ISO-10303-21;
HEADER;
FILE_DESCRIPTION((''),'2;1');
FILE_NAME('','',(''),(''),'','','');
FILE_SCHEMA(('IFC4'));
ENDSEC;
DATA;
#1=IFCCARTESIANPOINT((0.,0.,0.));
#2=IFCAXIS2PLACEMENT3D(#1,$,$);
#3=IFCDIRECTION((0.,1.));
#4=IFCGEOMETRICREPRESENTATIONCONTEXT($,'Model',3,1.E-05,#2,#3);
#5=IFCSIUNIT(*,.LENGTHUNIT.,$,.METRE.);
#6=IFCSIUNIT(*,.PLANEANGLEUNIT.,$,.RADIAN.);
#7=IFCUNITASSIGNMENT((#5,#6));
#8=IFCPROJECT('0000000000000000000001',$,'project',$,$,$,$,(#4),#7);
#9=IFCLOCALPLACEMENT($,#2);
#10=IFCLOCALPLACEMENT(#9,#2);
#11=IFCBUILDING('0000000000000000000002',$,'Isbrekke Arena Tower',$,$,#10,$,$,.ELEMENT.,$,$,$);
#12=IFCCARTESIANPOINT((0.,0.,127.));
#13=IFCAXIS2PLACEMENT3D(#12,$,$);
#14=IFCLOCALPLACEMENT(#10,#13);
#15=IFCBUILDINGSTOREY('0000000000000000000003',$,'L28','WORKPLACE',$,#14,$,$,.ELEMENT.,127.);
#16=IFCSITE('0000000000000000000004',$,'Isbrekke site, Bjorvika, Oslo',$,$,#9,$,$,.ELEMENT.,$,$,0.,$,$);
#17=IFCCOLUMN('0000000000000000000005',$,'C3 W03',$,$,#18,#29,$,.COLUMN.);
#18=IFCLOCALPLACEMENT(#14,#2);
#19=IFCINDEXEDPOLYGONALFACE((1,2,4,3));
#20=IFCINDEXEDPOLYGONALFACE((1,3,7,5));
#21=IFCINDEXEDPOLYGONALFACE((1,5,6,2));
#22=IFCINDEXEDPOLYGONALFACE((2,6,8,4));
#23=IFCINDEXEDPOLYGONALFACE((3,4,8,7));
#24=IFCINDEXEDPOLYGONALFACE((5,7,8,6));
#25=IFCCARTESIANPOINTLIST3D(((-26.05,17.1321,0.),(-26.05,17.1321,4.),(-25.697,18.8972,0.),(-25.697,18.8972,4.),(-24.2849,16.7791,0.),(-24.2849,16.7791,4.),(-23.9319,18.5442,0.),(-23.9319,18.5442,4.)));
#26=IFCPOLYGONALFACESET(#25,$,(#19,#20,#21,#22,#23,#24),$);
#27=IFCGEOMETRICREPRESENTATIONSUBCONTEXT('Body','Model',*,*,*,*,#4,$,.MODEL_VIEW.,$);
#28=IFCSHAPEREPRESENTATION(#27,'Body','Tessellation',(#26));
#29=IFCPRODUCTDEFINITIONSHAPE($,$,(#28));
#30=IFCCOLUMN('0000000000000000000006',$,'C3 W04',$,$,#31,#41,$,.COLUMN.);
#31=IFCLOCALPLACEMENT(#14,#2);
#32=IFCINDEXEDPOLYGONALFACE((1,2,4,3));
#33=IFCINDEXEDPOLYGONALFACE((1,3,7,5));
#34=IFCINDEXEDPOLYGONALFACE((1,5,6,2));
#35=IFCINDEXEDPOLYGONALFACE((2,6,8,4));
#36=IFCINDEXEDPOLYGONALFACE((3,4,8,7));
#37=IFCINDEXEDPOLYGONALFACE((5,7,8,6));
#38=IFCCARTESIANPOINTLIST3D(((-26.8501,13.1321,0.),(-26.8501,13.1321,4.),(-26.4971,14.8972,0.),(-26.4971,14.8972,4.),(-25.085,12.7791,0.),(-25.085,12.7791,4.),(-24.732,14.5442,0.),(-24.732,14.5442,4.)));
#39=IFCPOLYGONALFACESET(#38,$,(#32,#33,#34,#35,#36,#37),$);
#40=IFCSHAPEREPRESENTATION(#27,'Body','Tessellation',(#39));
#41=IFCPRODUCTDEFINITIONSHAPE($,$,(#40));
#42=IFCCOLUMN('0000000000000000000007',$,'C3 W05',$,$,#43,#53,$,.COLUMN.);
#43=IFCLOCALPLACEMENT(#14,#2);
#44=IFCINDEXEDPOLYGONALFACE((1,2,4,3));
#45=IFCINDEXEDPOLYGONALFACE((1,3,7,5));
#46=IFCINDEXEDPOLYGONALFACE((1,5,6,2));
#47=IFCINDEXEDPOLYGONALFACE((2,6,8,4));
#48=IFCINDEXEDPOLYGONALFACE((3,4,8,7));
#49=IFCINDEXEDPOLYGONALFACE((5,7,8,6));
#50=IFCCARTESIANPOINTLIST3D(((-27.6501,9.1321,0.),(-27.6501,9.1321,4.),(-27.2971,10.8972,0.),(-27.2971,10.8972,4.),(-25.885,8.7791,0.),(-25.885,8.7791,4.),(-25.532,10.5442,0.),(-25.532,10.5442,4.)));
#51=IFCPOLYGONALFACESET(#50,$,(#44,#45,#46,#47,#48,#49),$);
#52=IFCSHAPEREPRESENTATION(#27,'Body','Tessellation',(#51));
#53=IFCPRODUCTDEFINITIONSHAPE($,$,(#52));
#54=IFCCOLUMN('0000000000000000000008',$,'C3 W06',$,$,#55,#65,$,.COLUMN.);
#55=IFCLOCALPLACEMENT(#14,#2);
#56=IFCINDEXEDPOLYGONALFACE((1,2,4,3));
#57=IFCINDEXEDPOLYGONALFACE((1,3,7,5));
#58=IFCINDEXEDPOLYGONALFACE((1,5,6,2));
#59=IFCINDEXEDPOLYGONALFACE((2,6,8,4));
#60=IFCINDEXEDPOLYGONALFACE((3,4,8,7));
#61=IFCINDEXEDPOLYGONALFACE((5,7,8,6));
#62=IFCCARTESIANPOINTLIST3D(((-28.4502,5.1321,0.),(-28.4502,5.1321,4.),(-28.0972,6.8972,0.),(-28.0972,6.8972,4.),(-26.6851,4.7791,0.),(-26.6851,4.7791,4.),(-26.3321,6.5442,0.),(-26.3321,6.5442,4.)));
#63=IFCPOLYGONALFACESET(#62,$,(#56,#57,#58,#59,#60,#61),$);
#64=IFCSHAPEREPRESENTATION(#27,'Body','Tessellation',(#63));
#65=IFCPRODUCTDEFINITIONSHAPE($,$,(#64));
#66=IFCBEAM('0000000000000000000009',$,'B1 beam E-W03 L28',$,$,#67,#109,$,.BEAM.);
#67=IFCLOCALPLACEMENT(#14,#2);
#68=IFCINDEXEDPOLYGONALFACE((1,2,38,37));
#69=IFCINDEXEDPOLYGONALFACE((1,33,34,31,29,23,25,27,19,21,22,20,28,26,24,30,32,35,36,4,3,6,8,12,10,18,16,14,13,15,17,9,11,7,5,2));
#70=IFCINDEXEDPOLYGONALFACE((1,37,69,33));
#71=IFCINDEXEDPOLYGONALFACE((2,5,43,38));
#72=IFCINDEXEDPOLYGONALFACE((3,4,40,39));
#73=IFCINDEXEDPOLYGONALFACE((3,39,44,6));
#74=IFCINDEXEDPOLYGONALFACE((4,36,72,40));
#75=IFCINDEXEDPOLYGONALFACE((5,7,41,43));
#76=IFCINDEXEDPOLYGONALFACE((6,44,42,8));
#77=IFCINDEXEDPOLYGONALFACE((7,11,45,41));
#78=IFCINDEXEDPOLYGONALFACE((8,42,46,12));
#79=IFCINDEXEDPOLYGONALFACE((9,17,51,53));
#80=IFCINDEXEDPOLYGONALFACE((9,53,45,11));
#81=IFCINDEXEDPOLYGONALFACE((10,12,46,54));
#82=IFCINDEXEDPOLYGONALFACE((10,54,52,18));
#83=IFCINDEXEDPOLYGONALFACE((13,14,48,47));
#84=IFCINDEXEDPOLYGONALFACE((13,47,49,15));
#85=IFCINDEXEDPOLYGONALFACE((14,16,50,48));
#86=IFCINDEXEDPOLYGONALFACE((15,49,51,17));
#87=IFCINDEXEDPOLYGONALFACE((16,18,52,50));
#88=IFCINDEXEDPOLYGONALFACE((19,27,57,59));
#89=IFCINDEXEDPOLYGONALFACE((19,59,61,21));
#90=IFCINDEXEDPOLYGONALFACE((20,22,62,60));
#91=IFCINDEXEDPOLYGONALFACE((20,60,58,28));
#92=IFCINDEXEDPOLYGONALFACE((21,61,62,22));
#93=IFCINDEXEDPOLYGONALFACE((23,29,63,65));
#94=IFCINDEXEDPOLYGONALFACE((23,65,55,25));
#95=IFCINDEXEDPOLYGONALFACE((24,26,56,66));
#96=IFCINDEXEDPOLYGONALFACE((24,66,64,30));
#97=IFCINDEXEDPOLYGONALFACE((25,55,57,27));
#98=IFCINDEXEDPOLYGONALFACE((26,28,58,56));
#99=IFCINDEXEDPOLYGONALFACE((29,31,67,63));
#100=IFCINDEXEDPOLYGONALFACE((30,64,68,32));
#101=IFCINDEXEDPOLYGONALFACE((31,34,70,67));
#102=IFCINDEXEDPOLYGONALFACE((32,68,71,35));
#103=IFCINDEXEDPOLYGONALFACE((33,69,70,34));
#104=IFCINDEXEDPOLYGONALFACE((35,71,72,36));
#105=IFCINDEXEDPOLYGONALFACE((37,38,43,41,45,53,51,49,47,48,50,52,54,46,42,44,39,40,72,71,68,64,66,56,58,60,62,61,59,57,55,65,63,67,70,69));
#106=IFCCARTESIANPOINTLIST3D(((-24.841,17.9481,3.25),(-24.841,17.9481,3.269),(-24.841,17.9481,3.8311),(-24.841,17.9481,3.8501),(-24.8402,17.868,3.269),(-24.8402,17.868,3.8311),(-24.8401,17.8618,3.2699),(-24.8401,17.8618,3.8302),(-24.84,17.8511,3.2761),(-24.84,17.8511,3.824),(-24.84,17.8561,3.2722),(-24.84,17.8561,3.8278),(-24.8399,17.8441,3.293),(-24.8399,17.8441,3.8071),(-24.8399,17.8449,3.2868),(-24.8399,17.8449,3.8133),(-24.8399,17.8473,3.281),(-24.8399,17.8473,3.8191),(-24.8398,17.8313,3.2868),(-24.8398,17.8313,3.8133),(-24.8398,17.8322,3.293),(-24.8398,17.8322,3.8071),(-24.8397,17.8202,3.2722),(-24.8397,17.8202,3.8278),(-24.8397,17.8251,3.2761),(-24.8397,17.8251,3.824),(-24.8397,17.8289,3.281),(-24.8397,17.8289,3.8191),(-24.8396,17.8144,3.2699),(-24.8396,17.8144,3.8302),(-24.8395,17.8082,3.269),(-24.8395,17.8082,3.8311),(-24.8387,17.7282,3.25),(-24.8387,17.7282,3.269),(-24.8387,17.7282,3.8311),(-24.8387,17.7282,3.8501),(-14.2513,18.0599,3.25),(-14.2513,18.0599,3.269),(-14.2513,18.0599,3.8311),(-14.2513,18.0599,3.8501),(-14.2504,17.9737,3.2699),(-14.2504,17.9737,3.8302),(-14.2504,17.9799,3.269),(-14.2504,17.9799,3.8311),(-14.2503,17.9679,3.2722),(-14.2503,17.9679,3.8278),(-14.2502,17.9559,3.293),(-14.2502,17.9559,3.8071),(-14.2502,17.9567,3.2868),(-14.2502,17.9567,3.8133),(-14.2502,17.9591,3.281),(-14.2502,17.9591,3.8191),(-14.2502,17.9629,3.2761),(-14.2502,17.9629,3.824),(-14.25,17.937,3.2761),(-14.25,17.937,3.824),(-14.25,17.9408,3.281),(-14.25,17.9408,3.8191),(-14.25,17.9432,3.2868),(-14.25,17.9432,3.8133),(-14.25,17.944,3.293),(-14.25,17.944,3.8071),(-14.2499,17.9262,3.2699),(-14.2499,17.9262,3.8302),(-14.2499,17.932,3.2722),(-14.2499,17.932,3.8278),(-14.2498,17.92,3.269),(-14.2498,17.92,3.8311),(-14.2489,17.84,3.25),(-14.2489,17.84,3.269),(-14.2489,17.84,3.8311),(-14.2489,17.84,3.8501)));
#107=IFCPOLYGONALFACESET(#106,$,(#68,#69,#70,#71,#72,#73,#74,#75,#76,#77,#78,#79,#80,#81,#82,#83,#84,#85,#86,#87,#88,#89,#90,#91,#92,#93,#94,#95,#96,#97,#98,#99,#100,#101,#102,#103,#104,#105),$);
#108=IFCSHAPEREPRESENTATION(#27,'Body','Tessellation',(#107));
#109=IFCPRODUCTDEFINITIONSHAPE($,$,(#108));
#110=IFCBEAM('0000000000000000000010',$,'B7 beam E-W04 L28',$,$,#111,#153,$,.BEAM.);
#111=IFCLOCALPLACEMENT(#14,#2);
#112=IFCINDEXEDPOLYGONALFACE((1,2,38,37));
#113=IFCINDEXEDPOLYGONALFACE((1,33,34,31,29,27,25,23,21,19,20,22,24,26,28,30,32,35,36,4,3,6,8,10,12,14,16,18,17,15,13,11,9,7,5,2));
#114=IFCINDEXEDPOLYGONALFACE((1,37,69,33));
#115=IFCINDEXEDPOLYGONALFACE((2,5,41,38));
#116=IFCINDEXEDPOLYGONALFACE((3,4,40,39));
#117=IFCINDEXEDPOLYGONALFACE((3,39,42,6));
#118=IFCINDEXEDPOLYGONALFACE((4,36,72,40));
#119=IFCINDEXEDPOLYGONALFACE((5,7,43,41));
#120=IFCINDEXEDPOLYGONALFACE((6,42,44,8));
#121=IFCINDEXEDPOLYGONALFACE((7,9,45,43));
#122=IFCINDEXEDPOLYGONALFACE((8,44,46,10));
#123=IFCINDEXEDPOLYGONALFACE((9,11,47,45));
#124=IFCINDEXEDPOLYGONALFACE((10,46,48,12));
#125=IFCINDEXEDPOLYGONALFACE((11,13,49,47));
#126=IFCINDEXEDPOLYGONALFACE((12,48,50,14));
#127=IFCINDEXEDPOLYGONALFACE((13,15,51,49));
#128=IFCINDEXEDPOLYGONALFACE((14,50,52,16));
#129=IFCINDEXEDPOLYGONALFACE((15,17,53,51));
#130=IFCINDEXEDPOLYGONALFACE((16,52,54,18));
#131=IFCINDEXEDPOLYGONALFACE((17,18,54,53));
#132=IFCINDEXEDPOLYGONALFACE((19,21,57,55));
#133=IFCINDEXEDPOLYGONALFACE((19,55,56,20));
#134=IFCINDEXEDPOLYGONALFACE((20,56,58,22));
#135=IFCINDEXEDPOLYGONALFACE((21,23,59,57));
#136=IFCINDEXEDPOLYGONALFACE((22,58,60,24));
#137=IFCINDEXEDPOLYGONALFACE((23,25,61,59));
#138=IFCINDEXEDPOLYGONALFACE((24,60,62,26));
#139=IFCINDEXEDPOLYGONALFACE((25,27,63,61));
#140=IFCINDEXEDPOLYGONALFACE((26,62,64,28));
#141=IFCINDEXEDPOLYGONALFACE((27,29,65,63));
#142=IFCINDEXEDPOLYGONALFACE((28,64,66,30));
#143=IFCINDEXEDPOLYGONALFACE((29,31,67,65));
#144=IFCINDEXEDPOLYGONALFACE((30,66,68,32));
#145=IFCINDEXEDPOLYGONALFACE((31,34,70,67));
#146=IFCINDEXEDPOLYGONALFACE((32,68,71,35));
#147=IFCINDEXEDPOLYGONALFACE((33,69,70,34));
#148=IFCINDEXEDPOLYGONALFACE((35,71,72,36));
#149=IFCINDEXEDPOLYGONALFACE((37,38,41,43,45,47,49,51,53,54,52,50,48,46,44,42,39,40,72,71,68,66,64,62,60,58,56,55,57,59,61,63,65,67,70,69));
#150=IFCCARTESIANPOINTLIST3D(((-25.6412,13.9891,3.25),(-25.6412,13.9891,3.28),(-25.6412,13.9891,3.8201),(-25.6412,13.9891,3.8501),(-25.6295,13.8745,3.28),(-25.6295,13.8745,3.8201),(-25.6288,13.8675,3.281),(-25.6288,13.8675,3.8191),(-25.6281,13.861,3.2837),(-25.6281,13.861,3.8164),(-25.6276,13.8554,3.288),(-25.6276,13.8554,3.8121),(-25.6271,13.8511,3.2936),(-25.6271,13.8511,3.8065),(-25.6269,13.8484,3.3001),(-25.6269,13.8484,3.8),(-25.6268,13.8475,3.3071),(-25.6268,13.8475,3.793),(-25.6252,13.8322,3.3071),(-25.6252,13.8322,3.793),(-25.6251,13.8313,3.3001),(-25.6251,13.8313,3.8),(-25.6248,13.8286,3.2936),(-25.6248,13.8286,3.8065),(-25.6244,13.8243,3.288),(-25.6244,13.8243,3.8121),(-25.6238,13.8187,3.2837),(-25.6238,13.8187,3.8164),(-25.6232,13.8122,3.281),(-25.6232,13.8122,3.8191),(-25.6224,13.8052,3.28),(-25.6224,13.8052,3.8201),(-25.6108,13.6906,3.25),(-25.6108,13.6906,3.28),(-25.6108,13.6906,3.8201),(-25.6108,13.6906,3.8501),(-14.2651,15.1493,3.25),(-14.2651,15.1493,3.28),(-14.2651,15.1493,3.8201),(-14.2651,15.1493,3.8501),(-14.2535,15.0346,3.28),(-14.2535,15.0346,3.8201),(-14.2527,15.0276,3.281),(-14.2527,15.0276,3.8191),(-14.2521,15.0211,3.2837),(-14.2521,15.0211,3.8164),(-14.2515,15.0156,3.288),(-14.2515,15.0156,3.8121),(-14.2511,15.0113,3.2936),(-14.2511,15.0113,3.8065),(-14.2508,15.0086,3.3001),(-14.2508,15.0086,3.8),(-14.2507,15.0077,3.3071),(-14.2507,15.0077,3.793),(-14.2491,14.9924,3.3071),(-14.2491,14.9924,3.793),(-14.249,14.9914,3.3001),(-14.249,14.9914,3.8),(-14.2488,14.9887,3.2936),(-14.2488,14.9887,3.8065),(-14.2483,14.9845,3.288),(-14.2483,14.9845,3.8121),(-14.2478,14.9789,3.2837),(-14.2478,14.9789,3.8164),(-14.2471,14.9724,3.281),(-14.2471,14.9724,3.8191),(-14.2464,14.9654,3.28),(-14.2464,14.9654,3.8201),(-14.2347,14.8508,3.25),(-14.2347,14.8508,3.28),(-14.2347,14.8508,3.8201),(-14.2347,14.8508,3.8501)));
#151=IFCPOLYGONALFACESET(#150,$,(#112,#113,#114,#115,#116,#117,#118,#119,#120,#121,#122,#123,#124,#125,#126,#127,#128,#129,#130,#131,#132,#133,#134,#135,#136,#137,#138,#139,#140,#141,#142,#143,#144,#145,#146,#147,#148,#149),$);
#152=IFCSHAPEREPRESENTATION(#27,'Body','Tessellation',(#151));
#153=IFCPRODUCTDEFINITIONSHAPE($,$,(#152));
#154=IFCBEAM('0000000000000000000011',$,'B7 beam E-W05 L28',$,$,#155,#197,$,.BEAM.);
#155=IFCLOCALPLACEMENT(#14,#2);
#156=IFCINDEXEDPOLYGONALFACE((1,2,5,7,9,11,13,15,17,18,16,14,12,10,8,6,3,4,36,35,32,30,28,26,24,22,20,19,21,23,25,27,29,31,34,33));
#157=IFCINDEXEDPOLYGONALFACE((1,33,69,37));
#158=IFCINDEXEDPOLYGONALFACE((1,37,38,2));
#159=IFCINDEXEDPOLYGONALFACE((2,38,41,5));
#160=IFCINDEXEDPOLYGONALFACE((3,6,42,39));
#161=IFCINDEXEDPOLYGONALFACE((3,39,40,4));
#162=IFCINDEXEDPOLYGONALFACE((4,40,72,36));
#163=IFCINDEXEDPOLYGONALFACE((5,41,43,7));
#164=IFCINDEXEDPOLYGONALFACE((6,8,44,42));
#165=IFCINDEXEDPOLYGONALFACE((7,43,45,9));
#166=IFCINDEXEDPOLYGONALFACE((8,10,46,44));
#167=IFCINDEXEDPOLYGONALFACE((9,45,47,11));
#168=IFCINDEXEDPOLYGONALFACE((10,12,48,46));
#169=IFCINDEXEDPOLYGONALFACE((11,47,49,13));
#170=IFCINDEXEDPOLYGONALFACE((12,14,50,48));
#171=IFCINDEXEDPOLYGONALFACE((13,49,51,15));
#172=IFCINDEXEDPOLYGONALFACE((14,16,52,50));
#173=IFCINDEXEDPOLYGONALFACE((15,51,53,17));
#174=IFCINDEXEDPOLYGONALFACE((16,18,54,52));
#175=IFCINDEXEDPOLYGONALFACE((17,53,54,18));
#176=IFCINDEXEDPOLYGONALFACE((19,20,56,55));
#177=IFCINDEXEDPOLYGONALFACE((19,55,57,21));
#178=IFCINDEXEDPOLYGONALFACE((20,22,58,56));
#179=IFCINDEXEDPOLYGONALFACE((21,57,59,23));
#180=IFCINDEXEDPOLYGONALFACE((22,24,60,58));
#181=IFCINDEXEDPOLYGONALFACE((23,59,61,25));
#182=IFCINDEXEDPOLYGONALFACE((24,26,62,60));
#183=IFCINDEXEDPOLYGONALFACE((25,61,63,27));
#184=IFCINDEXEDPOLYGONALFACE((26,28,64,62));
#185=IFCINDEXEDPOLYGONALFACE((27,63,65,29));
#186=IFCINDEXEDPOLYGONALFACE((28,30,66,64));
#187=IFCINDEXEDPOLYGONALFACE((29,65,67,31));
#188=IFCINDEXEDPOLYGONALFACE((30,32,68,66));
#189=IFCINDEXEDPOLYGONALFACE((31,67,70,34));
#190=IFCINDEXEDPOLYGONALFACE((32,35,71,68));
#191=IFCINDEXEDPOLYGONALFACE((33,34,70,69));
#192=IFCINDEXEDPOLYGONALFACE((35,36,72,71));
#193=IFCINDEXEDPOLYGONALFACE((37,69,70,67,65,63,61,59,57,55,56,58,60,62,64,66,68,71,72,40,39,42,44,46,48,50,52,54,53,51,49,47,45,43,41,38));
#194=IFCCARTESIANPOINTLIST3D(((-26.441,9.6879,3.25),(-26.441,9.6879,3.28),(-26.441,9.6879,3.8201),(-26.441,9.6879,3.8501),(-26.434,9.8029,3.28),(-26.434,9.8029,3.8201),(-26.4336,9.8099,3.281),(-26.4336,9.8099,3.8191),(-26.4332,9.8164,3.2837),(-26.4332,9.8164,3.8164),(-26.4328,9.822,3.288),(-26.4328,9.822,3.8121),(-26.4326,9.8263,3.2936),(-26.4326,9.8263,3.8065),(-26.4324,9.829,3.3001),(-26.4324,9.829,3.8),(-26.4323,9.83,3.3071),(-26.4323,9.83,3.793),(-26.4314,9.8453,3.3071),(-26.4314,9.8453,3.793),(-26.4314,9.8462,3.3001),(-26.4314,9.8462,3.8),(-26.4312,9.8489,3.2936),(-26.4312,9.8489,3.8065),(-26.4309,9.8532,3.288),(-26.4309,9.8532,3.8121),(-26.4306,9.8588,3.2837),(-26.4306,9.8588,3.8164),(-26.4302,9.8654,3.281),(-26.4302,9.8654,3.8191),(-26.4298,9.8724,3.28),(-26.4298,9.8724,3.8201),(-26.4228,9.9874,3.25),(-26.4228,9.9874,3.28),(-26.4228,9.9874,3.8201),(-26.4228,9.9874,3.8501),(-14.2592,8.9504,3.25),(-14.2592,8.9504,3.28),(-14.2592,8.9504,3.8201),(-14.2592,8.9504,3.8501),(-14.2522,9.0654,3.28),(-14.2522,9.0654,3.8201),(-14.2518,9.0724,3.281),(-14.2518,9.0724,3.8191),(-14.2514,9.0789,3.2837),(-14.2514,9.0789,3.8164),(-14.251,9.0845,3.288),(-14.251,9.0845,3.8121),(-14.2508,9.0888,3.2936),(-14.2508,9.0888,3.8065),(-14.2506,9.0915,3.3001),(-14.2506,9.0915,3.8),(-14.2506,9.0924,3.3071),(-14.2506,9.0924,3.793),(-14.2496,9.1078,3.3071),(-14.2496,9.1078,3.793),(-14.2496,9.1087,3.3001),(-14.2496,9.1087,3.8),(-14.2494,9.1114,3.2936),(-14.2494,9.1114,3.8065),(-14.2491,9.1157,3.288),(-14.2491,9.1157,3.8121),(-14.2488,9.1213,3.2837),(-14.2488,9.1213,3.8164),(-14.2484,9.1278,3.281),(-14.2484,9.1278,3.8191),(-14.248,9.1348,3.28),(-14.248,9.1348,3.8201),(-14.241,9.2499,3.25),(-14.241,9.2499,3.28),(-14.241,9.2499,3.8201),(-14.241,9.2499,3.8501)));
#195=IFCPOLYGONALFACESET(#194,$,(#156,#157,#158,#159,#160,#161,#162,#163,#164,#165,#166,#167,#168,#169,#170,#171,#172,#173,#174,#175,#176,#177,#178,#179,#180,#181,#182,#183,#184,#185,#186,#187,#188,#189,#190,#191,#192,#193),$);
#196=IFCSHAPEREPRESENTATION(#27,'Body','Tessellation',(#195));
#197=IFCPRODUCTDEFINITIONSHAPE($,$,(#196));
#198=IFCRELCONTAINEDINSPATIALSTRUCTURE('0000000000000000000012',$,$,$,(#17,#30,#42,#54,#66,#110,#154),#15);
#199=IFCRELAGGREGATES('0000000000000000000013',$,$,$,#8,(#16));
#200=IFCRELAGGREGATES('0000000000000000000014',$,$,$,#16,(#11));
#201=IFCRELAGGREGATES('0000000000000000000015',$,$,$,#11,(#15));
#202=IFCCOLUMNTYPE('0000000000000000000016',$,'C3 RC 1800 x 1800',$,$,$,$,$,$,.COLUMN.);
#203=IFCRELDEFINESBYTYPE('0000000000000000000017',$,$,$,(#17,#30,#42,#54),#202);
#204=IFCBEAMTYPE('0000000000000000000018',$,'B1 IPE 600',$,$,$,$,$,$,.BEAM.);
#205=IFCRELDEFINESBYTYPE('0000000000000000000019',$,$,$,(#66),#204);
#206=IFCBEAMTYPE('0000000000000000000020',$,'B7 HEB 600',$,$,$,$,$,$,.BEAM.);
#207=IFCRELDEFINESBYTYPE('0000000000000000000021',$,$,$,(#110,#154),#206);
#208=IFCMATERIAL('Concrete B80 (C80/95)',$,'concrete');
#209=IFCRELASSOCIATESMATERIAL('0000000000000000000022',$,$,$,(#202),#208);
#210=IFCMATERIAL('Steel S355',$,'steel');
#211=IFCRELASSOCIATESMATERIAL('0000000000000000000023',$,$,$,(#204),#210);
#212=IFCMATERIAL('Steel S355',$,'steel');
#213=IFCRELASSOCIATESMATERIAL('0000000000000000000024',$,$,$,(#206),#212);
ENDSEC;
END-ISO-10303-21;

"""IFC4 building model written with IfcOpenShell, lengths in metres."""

from ifc_helpers import new_model, si_unit, direction, frame, origin, origin_2d, place, context, subcontext, project, spatial, rectangle, i_section, extrude, material, material_profile, profile_set, type_object, element, save


model = new_model("IFC4")

# Units and contexts
model_context = context("Model", 3, precision=1e-05, world=origin(), true_north=direction((0.0, 1.0)))
body_context = subcontext(model_context, "Body", "Model", "MODEL_VIEW")
ifc_project = project(units=[si_unit("LENGTHUNIT", "METRE"), si_unit("PLANEANGLEUNIT", "RADIAN")], contexts=[model_context])

# Site, building, storey
site_placement = place(None, origin())
site = spatial("IfcSite", under=ifc_project, at=site_placement, Name="Isbrekke site, Bjorvika, Oslo", CompositionType="ELEMENT", RefElevation=0.0)
building_placement = place(site_placement, origin())
building = spatial("IfcBuilding", under=site, at=building_placement, Name="Isbrekke Arena Tower", CompositionType="ELEMENT")
storey_placement = place(building_placement, frame((0.0, 0.0, 127.0)))
storey = spatial("IfcBuildingStorey", under=building, at=storey_placement, Name="L28", Description="WORKPLACE", CompositionType="ELEMENT", Elevation=127.0)

# Columns
ifc_material_1 = material(Name="Concrete B80 (C80/95)", Category="concrete")
ifc_material_profile_1 = material_profile(ifc_material_1, rectangle(XDim=1.8, YDim=1.8, at=origin_2d()), Name="RC 1800x1800")
ifc_profile_set_1 = profile_set([ifc_material_profile_1], Name="Concrete B80 (C80/95)")
column_type = type_object("IfcColumnType", Name="C3 RC 1800 x 1800", PredefinedType="COLUMN", material=ifc_profile_set_1)
for number, where, z_axis, x_axis, name in (
    (1, (-24.991, 17.8381, 0.0), (0.0, 0.0, 1.0), (-0.196116, -0.980581, 0.0), "C3 W03"),
    (2, (-25.791, 13.8381, 0.0), (0.0, 0.0, 1.0), (-0.196116, -0.980581, 0.0), "C3 W04"),
    (3, (-26.5911, 9.8381, 0.0), (0.0, 0.0, 1.0), (-0.196116, -0.980581, 0.0), "C3 W05"),
    (4, (-27.3911, 5.8381, 0.0), (0.0, 0.0, 1.0), (-0.196116, -0.980581, 0.0), "C3 W06"),
):
    element("IfcColumn", number, at=place(storey_placement, frame(where, z_axis=z_axis, x_axis=x_axis)), inside=storey, type_object=column_type, Name=name, PredefinedType="COLUMN", context=body_context, shape_type="SweptSolid", body=[
        extrude(rectangle(XDim=1.8, YDim=1.8, at=origin_2d()), origin(), (0.0, 0.0, 1.0), 4.0),
    ])

# Beams
ifc_material_2 = material(Name="Steel S355", Category="steel")
ifc_material_profile_2 = material_profile(ifc_material_2, i_section(OverallWidth=0.22, OverallDepth=0.6001, WebThickness=0.012, FlangeThickness=0.019, FilletRadius=0.0239, at=origin_2d()), Name="IPE 600")
ifc_profile_set_2 = profile_set([ifc_material_profile_2], Name="Steel S355")
beam_type_1 = type_object("IfcBeamType", Name="B1 IPE 600", PredefinedType="BEAM", material=ifc_profile_set_2)
beam_1_placement = place(storey_placement, frame((-24.8398, 17.8381, 3.55), z_axis=(0.999944, 0.010558, 0.0), x_axis=(-0.010558, 0.999944, 0.0)))
element("IfcBeam", 5, at=beam_1_placement, inside=storey, type_object=beam_type_1, Name="B1 beam E-W03 L28", PredefinedType="BEAM", context=body_context, shape_type="SweptSolid", body=[
    extrude(i_section(OverallWidth=0.22, OverallDepth=0.6001, WebThickness=0.012, FlangeThickness=0.019, FilletRadius=0.0239, at=origin_2d()), origin(), (0.0, 0.0, 1.0), 10.5903),
])
ifc_material_3 = material(Name="Steel S355", Category="steel")
ifc_material_profile_3 = material_profile(ifc_material_3, i_section(OverallWidth=0.3, OverallDepth=0.6001, WebThickness=0.0154, FlangeThickness=0.03, FilletRadius=0.0271, at=origin_2d()), Name="HEB 600")
ifc_profile_set_3 = profile_set([ifc_material_profile_3], Name="Steel S355")
beam_type_2 = type_object("IfcBeamType", Name="B7 HEB 600", PredefinedType="BEAM", material=ifc_profile_set_3)
beam_2_placement = place(storey_placement, frame((-25.626, 13.8398, 3.55), z_axis=(0.99484, 0.101457, 0.0), x_axis=(-0.101457, 0.99484, 0.0)))
element("IfcBeam", 6, at=beam_2_placement, inside=storey, type_object=beam_type_2, Name="B7 beam E-W04 L28", PredefinedType="BEAM", context=body_context, shape_type="SweptSolid", body=[
    extrude(i_section(OverallWidth=0.3, OverallDepth=0.6001, WebThickness=0.0154, FlangeThickness=0.03, FilletRadius=0.0271, at=origin_2d()), origin(), (0.0, 0.0, 1.0), 11.4351),
])
beam_3_placement = place(storey_placement, frame((-26.4319, 9.8376, 3.55), z_axis=(0.998172, -0.060434, 0.0), x_axis=(0.060434, 0.998172, 0.0)))
element("IfcBeam", 7, at=beam_3_placement, inside=storey, type_object=beam_type_2, Name="B7 beam E-W05 L28", PredefinedType="BEAM", context=body_context, shape_type="SweptSolid", body=[
    extrude(i_section(OverallWidth=0.3, OverallDepth=0.6001, WebThickness=0.0154, FlangeThickness=0.03, FilletRadius=0.0271, at=origin_2d()), origin(), (0.0, 0.0, 1.0), 12.2041),
])

save(model, "model.ifc")
